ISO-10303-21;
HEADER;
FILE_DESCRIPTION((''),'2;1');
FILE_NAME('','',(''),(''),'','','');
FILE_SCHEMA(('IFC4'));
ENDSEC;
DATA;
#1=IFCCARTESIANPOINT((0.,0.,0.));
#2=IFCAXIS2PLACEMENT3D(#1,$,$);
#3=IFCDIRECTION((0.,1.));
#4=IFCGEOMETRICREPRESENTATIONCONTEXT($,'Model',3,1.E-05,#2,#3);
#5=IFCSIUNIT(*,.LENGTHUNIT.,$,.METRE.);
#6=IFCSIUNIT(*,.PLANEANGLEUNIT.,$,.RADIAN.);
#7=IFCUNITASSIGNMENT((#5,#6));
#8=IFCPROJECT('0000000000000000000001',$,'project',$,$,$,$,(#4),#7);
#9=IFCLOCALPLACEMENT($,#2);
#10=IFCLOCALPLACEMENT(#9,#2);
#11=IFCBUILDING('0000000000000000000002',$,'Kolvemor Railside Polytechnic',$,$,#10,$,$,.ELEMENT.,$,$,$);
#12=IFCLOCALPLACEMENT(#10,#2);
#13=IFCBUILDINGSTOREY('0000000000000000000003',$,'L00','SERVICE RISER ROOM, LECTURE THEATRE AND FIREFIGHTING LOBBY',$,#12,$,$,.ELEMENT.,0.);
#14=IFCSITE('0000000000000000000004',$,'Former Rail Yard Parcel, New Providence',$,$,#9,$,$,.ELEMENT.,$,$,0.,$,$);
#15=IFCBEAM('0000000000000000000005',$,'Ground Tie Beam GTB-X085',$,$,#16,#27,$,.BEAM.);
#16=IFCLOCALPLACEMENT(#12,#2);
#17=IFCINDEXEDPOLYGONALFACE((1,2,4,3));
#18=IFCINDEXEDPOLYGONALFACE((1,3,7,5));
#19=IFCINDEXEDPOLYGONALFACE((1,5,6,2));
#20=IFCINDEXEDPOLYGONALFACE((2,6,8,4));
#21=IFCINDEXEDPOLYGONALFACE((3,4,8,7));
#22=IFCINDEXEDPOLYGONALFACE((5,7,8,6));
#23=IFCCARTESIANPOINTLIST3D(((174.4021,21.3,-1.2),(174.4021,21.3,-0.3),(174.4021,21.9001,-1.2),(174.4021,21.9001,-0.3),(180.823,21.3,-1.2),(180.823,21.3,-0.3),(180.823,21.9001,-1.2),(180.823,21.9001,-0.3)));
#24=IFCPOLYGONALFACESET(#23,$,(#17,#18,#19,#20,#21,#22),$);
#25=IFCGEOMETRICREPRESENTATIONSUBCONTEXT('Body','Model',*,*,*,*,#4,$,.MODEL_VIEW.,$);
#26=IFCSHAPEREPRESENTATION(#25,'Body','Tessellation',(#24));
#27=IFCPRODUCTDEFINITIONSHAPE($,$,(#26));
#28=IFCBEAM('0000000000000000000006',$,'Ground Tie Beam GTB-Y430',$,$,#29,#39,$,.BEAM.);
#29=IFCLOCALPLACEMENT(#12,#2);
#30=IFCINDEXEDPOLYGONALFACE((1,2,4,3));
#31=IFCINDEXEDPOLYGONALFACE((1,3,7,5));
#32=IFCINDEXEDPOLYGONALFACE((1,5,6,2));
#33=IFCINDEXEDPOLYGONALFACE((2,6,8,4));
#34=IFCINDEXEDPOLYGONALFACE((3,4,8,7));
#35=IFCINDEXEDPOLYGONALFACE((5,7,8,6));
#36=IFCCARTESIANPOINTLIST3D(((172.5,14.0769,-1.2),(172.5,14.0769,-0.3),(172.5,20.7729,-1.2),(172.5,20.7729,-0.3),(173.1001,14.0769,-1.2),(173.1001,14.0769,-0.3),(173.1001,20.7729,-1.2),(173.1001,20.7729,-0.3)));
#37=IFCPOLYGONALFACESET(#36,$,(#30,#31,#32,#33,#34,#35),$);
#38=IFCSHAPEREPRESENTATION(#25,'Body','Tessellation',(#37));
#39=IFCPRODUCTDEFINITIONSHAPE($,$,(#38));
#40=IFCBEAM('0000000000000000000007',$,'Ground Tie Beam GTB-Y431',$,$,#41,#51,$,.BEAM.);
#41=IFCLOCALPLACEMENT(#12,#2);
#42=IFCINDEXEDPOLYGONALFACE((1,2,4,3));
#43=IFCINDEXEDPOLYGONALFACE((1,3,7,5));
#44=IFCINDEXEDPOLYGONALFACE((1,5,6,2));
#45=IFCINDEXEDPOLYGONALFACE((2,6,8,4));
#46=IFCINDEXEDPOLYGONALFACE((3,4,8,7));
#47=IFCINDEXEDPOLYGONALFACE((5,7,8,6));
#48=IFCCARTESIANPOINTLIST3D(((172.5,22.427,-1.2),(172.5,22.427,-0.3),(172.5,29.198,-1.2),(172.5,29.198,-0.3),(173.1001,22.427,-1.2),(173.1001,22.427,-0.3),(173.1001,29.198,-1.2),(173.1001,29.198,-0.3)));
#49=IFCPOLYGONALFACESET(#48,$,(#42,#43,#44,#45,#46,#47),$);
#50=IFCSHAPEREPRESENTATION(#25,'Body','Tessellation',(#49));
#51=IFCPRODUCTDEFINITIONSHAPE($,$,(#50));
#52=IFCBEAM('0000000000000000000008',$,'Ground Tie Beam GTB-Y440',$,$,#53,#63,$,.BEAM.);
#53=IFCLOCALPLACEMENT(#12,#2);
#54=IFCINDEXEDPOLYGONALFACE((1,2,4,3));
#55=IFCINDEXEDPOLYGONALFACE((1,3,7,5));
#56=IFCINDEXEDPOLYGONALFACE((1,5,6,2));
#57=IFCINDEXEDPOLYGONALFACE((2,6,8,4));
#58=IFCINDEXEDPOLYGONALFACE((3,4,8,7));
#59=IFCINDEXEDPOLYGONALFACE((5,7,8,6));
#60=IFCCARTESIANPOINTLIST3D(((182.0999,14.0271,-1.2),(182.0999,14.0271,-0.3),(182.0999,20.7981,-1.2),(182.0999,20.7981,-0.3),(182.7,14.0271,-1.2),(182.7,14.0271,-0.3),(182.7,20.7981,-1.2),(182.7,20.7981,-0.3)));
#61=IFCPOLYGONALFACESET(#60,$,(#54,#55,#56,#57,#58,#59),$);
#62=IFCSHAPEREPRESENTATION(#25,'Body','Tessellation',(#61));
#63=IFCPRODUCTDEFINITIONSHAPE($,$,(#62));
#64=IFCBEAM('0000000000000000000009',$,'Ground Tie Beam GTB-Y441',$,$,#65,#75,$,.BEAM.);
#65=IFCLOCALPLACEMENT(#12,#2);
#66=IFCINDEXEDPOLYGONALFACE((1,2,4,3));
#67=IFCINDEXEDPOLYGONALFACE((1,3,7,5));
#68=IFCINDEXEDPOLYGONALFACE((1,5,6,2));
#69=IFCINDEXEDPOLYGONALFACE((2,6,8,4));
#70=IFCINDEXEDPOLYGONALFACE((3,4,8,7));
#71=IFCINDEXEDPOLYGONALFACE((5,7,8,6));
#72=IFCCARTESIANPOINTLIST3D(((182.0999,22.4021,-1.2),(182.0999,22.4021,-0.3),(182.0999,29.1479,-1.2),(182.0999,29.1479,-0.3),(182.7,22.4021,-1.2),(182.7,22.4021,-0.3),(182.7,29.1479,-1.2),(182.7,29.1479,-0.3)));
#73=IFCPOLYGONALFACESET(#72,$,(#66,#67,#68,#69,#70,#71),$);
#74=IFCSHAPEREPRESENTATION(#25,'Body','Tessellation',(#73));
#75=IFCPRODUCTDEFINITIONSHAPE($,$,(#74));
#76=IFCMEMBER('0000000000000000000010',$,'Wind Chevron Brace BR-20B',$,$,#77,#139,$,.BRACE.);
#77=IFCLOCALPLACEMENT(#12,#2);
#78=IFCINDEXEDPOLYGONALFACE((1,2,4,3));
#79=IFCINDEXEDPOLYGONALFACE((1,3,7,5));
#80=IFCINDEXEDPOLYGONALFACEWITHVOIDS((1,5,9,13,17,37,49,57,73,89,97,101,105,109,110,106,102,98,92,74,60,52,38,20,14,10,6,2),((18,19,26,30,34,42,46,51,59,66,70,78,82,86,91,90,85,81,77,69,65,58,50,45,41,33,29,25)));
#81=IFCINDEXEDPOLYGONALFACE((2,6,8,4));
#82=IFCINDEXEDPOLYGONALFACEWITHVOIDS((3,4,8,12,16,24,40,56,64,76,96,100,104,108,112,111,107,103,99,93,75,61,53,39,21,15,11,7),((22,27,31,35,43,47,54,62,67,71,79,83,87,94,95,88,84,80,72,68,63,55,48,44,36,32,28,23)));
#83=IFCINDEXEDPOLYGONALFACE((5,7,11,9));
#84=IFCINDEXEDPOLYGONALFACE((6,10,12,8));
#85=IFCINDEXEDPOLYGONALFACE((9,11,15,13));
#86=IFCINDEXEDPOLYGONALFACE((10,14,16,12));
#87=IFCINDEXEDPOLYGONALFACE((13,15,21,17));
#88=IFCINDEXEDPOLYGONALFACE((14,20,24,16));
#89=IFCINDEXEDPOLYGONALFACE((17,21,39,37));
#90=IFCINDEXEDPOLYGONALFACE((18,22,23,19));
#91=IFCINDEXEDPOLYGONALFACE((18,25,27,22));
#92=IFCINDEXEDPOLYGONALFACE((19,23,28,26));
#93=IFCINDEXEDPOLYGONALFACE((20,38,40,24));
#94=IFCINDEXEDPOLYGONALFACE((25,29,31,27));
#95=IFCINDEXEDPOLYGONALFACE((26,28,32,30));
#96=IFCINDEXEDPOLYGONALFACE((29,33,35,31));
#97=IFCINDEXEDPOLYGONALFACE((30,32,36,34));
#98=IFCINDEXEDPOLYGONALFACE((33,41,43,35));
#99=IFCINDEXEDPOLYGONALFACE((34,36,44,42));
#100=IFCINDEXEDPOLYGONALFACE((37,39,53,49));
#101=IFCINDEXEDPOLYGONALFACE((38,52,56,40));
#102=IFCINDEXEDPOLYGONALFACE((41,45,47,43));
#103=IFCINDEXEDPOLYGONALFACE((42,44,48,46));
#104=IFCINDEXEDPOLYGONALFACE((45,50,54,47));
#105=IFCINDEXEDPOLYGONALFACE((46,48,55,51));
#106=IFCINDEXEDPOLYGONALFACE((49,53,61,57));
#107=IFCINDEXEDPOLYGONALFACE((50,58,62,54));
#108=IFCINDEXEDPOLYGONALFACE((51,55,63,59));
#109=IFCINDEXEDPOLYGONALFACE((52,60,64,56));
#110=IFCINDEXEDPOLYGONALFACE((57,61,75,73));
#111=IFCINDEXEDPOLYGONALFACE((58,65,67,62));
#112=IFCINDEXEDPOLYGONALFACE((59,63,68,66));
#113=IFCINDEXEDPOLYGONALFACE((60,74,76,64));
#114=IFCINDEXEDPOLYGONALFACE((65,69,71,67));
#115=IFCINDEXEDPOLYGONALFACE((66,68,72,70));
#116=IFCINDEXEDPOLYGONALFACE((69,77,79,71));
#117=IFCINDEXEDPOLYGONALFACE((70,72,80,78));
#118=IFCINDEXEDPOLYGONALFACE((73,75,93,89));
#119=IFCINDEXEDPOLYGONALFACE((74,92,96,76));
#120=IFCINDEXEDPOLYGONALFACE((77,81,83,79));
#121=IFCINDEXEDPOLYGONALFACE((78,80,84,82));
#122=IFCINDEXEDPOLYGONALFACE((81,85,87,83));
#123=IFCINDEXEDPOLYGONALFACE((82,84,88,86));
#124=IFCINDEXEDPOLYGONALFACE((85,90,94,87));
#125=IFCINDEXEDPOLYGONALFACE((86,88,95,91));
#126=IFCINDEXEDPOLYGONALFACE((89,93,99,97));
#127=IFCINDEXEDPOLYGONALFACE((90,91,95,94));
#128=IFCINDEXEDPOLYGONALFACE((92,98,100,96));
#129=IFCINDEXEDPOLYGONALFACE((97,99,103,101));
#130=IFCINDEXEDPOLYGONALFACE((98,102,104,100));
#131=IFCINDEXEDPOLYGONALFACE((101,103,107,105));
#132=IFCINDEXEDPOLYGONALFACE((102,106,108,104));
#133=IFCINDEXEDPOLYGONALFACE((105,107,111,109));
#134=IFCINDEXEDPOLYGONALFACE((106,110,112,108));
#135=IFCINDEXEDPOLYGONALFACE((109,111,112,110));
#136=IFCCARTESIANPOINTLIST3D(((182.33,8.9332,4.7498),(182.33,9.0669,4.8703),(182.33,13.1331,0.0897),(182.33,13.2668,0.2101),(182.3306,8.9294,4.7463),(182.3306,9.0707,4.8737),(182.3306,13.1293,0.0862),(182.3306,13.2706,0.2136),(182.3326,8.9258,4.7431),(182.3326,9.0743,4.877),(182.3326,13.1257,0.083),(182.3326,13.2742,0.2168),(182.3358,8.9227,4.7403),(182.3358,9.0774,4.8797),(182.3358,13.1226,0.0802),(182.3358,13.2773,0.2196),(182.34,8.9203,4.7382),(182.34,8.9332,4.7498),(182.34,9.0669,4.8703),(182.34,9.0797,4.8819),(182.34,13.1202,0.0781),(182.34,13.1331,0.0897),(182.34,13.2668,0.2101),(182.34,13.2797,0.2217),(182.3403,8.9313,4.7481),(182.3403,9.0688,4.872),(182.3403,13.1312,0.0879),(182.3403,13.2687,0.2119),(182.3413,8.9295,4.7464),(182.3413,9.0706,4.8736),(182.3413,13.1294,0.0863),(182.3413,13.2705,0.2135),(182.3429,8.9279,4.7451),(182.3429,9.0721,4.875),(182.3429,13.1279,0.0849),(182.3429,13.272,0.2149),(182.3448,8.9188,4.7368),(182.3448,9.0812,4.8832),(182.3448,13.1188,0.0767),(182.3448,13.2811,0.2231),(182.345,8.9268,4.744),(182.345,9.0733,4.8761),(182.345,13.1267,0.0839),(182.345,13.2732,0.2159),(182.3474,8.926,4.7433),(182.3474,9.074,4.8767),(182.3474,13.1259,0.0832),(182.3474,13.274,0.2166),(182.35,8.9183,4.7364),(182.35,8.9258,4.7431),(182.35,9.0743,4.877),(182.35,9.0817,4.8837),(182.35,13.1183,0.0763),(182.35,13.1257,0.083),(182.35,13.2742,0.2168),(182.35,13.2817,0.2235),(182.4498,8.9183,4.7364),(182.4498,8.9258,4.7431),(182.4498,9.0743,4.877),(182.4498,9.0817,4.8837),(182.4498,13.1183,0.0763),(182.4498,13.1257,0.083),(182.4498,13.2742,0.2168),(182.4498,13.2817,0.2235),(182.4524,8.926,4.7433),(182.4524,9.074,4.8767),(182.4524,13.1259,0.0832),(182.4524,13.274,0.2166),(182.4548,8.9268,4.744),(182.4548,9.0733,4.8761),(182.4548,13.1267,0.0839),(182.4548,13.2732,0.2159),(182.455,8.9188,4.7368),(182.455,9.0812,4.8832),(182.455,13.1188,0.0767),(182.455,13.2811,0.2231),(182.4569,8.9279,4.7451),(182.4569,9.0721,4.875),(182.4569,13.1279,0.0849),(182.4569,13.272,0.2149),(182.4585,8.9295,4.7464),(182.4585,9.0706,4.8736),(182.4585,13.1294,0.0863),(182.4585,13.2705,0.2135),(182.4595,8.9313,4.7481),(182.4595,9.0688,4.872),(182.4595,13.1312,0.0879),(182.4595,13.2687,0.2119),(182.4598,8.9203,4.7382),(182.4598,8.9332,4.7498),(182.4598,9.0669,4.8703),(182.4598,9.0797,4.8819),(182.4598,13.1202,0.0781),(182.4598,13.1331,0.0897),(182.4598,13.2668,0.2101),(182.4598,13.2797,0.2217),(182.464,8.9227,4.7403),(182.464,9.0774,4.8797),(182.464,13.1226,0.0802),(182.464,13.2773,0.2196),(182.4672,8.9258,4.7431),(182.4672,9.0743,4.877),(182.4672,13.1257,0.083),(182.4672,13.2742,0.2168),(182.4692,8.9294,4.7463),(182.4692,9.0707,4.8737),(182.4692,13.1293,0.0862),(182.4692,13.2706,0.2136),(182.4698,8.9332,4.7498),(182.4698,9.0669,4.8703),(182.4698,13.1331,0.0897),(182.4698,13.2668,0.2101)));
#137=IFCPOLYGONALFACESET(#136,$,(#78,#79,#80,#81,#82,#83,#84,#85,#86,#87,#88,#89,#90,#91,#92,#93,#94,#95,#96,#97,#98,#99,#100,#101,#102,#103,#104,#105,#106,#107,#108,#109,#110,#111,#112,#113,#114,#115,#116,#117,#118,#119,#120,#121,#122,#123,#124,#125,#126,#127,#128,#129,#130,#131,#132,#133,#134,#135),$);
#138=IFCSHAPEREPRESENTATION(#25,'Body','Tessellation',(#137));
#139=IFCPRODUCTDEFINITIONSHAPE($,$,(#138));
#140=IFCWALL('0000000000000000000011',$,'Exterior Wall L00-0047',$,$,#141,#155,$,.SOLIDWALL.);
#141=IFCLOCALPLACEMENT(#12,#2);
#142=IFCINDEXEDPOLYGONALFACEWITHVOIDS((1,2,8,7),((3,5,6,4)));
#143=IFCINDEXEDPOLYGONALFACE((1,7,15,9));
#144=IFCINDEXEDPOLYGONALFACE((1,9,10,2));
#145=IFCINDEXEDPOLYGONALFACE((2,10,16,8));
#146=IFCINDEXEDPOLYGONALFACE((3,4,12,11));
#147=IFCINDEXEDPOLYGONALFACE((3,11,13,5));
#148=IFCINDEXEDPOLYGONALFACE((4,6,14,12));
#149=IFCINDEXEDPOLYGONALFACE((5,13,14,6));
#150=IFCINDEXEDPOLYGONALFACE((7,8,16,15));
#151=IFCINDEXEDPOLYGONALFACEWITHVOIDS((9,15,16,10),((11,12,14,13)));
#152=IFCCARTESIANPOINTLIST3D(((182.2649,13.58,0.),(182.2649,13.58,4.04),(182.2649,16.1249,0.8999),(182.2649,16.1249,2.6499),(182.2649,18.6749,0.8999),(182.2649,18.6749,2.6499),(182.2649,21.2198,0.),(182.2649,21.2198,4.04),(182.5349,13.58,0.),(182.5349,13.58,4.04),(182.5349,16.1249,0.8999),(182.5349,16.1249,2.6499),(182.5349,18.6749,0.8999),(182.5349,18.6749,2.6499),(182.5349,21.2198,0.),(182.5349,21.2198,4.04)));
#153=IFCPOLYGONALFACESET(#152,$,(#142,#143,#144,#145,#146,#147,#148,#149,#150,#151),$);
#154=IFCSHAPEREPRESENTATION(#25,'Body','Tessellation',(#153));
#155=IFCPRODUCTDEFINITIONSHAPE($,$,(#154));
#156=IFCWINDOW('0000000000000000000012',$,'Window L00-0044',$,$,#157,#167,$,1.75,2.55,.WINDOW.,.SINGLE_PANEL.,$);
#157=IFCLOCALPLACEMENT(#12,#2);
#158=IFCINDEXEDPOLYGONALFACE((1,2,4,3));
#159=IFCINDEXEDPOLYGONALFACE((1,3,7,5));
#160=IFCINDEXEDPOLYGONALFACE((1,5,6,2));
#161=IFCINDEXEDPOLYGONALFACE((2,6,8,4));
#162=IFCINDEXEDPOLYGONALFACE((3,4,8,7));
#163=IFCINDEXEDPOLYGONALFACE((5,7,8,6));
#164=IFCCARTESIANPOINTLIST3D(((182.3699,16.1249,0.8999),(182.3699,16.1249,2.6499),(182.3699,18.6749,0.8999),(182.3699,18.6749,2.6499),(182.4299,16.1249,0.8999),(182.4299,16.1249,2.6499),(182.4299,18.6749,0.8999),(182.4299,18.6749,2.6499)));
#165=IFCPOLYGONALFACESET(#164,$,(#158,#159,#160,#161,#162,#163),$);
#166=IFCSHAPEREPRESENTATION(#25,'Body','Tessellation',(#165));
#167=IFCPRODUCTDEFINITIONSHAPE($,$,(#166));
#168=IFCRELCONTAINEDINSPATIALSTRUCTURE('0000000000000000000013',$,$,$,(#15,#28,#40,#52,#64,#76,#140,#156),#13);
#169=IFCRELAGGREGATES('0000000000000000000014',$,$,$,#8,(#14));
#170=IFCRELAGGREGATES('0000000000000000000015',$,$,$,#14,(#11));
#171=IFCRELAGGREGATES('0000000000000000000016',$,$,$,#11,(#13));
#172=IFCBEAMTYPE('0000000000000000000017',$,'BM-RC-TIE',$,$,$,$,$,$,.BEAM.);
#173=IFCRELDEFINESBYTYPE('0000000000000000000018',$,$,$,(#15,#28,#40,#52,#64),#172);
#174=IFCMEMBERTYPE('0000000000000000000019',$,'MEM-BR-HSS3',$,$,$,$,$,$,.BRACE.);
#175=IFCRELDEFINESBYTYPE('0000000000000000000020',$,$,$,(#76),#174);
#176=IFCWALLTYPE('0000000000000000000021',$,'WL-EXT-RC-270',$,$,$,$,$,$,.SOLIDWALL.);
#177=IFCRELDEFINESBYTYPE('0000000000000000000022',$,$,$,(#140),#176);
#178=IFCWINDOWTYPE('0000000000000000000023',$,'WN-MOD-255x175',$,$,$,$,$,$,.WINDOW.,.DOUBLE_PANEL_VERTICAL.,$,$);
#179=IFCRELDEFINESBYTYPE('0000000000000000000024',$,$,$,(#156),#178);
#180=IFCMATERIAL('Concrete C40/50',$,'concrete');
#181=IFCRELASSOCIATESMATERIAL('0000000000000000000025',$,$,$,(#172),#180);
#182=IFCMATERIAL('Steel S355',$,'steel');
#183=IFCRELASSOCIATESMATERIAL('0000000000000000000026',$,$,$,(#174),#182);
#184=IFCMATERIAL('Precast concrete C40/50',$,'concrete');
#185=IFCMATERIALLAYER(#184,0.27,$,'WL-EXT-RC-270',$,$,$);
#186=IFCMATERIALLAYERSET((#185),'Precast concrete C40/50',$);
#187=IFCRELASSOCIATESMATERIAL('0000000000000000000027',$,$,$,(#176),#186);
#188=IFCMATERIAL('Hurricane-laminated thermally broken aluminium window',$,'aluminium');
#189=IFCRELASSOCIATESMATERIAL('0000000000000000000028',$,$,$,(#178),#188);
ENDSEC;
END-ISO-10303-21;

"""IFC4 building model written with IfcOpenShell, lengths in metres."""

from ifc_helpers import new_model, si_unit, direction, frame, frame_2d, origin, origin_2d, place, context, subcontext, project, spatial, rectangle, hollow_rectangle, extrude, material, layer, layer_set, material_profile, profile_set, type_object, element, fill, save


model = new_model("IFC4")

# Units and contexts
model_context = context("Model", 3, precision=1e-05, world=origin(), true_north=direction((0.0, 1.0)))
body_context = subcontext(model_context, "Body", "Model", "MODEL_VIEW")
ifc_project = project(units=[si_unit("LENGTHUNIT", "METRE"), si_unit("PLANEANGLEUNIT", "RADIAN")], contexts=[model_context])

# Site, building, storey
site_placement = place(None, origin())
site = spatial("IfcSite", under=ifc_project, at=site_placement, Name="Former Rail Yard Parcel, New Providence", CompositionType="ELEMENT", RefElevation=0.0)
building_placement = place(site_placement, origin())
building = spatial("IfcBuilding", under=site, at=building_placement, Name="Kolvemor Railside Polytechnic", CompositionType="ELEMENT")
storey_placement = place(building_placement, origin())
storey = spatial("IfcBuildingStorey", under=building, at=storey_placement, Name="L00", Description="SERVICE RISER ROOM, LECTURE THEATRE AND FIREFIGHTING LOBBY", CompositionType="ELEMENT", Elevation=0.0)

# Beams
ifc_material_1 = material(Name="Concrete C40/50", Category="concrete")
ifc_material_profile_1 = material_profile(ifc_material_1, rectangle(XDim=0.6001, YDim=0.8999, at=origin_2d()), Name="RC600x900")
ifc_profile_set_1 = profile_set([ifc_material_profile_1], Name="Concrete C40/50")
beam_type_1 = type_object("IfcBeamType", Name="BM-RC-TIE", PredefinedType="BEAM", material=ifc_profile_set_1)
beam_1_placement = place(storey_placement, frame((174.4021, 21.6001, -0.75), z_axis=(1.0, 0.0, 0.0), x_axis=(0.0, 1.0, 0.0)))
element("IfcBeam", 1, at=beam_1_placement, inside=storey, type_object=beam_type_1, Name="Ground Tie Beam GTB-X085", PredefinedType="BEAM", context=body_context, shape_type="SweptSolid", body=[
    extrude(rectangle(XDim=0.6001, YDim=0.8999, at=origin_2d()), origin(), (0.0, 0.0, 1.0), 6.4209),
])
beam_2_placement = place(storey_placement, frame((172.8, 14.0769, -0.75), z_axis=(0.0, 1.0, 0.0), x_axis=(-1.0, 0.0, 0.0)))
element("IfcBeam", 2, at=beam_2_placement, inside=storey, type_object=beam_type_1, Name="Ground Tie Beam GTB-Y430", PredefinedType="BEAM", context=body_context, shape_type="SweptSolid", body=[
    extrude(rectangle(XDim=0.6001, YDim=0.8999, at=origin_2d()), origin(), (0.0, 0.0, 1.0), 6.696),
])
for number, where, z_axis, x_axis, name in (
    (3, (172.8, 22.427, -0.75), (0.0, 1.0, 0.0), (-1.0, 0.0, 0.0), "Ground Tie Beam GTB-Y431"),
    (4, (182.3999, 14.0271, -0.75), (0.0, 1.0, 0.0), (-1.0, 0.0, 0.0), "Ground Tie Beam GTB-Y440"),
):
    element("IfcBeam", number, at=place(storey_placement, frame(where, z_axis=z_axis, x_axis=x_axis)), inside=storey, type_object=beam_type_1, Name=name, PredefinedType="BEAM", context=body_context, shape_type="SweptSolid", body=[
        extrude(rectangle(XDim=0.6001, YDim=0.8999, at=origin_2d()), origin(), (0.0, 0.0, 1.0), 6.771),
    ])
beam_3_placement = place(storey_placement, frame((182.3999, 22.4021, -0.75), z_axis=(0.0, 1.0, 0.0), x_axis=(-1.0, 0.0, 0.0)))
element("IfcBeam", 5, at=beam_3_placement, inside=storey, type_object=beam_type_1, Name="Ground Tie Beam GTB-Y441", PredefinedType="BEAM", context=body_context, shape_type="SweptSolid", body=[
    extrude(rectangle(XDim=0.6001, YDim=0.8999, at=origin_2d()), origin(), (0.0, 0.0, 1.0), 6.7458),
])

# Member
ifc_material_2 = material(Name="Steel S355", Category="steel")
ifc_material_profile_2 = material_profile(ifc_material_2, hollow_rectangle(XDim=0.1399, YDim=0.22, WallThickness=0.01, InnerFilletRadius=0.01, OuterFilletRadius=0.02, at=origin_2d()), Name="HSS220x140x10")
ifc_profile_set_2 = profile_set([ifc_material_profile_2], Name="Steel S355")
member_type = type_object("IfcMemberType", Name="MEM-BR-HSS3", PredefinedType="BRACE", material=ifc_profile_set_2)
member_placement = place(storey_placement, frame((182.3999, 13.2, 0.1499), z_axis=(0.0, -0.669476, 0.742833), x_axis=(1.0, 0.0, 0.0)))
element("IfcMember", 6, at=member_placement, inside=storey, type_object=member_type, Name="Wind Chevron Brace BR-20B", PredefinedType="BRACE", context=body_context, shape_type="SweptSolid", body=[
    extrude(hollow_rectangle(XDim=0.1399, YDim=0.22, WallThickness=0.01, InnerFilletRadius=0.01, OuterFilletRadius=0.02, at=origin_2d()), origin(), (0.0, 0.0, 1.0), 6.2734),
])

# Wall, opening, window
ifc_material_3 = material(Name="Precast concrete C40/50", Category="concrete")
ifc_layer = layer(ifc_material_3, 0.27, Name="WL-EXT-RC-270")
ifc_layer_set = layer_set([ifc_layer], Name="Precast concrete C40/50")
wall_type = type_object("IfcWallType", Name="WL-EXT-RC-270", PredefinedType="SOLIDWALL", material=ifc_layer_set)
wall_1_placement = place(storey_placement, frame((182.3999, 13.5801, 0.0), z_axis=(0.0, 0.0, 1.0), x_axis=(0.0, 1.0, 0.0)))
wall_1 = element("IfcWall", 7, at=wall_1_placement, inside=storey, type_object=wall_type, Name="Exterior Wall L00-0047", PredefinedType="SOLIDWALL", context=body_context, shape_type="SweptSolid", body=[
    extrude(rectangle(XDim=7.6399, YDim=0.27, at=frame_2d((3.8198, 0.0))), origin(), (0.0, 0.0, 1.0), 4.04),
])
opening_1_placement = place(wall_1_placement, frame((2.5449, 0.0, 0.8999)))
opening_1 = element("IfcOpeningElement", 8, at=opening_1_placement, cuts=wall_1, PredefinedType="OPENING", context=body_context, shape_type="SweptSolid", body=[
    extrude(rectangle(XDim=2.55, YDim=1.75, at=frame_2d((1.2749, 0.875))), frame((0.0, 0.145, 0.0), z_axis=(0.0, -1.0, 0.0), x_axis=(1.0, 0.0, 0.0)), (0.0, 0.0, 1.0), 0.29),
])
ifc_material_4 = material(Name="Hurricane-laminated thermally broken aluminium window", Category="aluminium")
window_type = type_object("IfcWindowType", Name="WN-MOD-255x175", PartitioningType="DOUBLE_PANEL_VERTICAL", PredefinedType="WINDOW", material=ifc_material_4)
window_placement = place(opening_1_placement, origin())
window = element("IfcWindow", 9, at=window_placement, inside=storey, type_object=window_type, Name="Window L00-0044", OverallHeight=1.75, OverallWidth=2.55, PartitioningType="SINGLE_PANEL", PredefinedType="WINDOW", context=body_context, shape_type="SweptSolid", body=[
    extrude(rectangle(XDim=2.55, YDim=1.75, at=frame_2d((1.2749, 0.875))), frame((0.0, 0.03, 0.0), z_axis=(0.0, -1.0, 0.0), x_axis=(1.0, 0.0, 0.0)), (0.0, 0.0, 1.0), 0.0601),
])
fill(opening_1, window)

save(model, "model.ifc")
